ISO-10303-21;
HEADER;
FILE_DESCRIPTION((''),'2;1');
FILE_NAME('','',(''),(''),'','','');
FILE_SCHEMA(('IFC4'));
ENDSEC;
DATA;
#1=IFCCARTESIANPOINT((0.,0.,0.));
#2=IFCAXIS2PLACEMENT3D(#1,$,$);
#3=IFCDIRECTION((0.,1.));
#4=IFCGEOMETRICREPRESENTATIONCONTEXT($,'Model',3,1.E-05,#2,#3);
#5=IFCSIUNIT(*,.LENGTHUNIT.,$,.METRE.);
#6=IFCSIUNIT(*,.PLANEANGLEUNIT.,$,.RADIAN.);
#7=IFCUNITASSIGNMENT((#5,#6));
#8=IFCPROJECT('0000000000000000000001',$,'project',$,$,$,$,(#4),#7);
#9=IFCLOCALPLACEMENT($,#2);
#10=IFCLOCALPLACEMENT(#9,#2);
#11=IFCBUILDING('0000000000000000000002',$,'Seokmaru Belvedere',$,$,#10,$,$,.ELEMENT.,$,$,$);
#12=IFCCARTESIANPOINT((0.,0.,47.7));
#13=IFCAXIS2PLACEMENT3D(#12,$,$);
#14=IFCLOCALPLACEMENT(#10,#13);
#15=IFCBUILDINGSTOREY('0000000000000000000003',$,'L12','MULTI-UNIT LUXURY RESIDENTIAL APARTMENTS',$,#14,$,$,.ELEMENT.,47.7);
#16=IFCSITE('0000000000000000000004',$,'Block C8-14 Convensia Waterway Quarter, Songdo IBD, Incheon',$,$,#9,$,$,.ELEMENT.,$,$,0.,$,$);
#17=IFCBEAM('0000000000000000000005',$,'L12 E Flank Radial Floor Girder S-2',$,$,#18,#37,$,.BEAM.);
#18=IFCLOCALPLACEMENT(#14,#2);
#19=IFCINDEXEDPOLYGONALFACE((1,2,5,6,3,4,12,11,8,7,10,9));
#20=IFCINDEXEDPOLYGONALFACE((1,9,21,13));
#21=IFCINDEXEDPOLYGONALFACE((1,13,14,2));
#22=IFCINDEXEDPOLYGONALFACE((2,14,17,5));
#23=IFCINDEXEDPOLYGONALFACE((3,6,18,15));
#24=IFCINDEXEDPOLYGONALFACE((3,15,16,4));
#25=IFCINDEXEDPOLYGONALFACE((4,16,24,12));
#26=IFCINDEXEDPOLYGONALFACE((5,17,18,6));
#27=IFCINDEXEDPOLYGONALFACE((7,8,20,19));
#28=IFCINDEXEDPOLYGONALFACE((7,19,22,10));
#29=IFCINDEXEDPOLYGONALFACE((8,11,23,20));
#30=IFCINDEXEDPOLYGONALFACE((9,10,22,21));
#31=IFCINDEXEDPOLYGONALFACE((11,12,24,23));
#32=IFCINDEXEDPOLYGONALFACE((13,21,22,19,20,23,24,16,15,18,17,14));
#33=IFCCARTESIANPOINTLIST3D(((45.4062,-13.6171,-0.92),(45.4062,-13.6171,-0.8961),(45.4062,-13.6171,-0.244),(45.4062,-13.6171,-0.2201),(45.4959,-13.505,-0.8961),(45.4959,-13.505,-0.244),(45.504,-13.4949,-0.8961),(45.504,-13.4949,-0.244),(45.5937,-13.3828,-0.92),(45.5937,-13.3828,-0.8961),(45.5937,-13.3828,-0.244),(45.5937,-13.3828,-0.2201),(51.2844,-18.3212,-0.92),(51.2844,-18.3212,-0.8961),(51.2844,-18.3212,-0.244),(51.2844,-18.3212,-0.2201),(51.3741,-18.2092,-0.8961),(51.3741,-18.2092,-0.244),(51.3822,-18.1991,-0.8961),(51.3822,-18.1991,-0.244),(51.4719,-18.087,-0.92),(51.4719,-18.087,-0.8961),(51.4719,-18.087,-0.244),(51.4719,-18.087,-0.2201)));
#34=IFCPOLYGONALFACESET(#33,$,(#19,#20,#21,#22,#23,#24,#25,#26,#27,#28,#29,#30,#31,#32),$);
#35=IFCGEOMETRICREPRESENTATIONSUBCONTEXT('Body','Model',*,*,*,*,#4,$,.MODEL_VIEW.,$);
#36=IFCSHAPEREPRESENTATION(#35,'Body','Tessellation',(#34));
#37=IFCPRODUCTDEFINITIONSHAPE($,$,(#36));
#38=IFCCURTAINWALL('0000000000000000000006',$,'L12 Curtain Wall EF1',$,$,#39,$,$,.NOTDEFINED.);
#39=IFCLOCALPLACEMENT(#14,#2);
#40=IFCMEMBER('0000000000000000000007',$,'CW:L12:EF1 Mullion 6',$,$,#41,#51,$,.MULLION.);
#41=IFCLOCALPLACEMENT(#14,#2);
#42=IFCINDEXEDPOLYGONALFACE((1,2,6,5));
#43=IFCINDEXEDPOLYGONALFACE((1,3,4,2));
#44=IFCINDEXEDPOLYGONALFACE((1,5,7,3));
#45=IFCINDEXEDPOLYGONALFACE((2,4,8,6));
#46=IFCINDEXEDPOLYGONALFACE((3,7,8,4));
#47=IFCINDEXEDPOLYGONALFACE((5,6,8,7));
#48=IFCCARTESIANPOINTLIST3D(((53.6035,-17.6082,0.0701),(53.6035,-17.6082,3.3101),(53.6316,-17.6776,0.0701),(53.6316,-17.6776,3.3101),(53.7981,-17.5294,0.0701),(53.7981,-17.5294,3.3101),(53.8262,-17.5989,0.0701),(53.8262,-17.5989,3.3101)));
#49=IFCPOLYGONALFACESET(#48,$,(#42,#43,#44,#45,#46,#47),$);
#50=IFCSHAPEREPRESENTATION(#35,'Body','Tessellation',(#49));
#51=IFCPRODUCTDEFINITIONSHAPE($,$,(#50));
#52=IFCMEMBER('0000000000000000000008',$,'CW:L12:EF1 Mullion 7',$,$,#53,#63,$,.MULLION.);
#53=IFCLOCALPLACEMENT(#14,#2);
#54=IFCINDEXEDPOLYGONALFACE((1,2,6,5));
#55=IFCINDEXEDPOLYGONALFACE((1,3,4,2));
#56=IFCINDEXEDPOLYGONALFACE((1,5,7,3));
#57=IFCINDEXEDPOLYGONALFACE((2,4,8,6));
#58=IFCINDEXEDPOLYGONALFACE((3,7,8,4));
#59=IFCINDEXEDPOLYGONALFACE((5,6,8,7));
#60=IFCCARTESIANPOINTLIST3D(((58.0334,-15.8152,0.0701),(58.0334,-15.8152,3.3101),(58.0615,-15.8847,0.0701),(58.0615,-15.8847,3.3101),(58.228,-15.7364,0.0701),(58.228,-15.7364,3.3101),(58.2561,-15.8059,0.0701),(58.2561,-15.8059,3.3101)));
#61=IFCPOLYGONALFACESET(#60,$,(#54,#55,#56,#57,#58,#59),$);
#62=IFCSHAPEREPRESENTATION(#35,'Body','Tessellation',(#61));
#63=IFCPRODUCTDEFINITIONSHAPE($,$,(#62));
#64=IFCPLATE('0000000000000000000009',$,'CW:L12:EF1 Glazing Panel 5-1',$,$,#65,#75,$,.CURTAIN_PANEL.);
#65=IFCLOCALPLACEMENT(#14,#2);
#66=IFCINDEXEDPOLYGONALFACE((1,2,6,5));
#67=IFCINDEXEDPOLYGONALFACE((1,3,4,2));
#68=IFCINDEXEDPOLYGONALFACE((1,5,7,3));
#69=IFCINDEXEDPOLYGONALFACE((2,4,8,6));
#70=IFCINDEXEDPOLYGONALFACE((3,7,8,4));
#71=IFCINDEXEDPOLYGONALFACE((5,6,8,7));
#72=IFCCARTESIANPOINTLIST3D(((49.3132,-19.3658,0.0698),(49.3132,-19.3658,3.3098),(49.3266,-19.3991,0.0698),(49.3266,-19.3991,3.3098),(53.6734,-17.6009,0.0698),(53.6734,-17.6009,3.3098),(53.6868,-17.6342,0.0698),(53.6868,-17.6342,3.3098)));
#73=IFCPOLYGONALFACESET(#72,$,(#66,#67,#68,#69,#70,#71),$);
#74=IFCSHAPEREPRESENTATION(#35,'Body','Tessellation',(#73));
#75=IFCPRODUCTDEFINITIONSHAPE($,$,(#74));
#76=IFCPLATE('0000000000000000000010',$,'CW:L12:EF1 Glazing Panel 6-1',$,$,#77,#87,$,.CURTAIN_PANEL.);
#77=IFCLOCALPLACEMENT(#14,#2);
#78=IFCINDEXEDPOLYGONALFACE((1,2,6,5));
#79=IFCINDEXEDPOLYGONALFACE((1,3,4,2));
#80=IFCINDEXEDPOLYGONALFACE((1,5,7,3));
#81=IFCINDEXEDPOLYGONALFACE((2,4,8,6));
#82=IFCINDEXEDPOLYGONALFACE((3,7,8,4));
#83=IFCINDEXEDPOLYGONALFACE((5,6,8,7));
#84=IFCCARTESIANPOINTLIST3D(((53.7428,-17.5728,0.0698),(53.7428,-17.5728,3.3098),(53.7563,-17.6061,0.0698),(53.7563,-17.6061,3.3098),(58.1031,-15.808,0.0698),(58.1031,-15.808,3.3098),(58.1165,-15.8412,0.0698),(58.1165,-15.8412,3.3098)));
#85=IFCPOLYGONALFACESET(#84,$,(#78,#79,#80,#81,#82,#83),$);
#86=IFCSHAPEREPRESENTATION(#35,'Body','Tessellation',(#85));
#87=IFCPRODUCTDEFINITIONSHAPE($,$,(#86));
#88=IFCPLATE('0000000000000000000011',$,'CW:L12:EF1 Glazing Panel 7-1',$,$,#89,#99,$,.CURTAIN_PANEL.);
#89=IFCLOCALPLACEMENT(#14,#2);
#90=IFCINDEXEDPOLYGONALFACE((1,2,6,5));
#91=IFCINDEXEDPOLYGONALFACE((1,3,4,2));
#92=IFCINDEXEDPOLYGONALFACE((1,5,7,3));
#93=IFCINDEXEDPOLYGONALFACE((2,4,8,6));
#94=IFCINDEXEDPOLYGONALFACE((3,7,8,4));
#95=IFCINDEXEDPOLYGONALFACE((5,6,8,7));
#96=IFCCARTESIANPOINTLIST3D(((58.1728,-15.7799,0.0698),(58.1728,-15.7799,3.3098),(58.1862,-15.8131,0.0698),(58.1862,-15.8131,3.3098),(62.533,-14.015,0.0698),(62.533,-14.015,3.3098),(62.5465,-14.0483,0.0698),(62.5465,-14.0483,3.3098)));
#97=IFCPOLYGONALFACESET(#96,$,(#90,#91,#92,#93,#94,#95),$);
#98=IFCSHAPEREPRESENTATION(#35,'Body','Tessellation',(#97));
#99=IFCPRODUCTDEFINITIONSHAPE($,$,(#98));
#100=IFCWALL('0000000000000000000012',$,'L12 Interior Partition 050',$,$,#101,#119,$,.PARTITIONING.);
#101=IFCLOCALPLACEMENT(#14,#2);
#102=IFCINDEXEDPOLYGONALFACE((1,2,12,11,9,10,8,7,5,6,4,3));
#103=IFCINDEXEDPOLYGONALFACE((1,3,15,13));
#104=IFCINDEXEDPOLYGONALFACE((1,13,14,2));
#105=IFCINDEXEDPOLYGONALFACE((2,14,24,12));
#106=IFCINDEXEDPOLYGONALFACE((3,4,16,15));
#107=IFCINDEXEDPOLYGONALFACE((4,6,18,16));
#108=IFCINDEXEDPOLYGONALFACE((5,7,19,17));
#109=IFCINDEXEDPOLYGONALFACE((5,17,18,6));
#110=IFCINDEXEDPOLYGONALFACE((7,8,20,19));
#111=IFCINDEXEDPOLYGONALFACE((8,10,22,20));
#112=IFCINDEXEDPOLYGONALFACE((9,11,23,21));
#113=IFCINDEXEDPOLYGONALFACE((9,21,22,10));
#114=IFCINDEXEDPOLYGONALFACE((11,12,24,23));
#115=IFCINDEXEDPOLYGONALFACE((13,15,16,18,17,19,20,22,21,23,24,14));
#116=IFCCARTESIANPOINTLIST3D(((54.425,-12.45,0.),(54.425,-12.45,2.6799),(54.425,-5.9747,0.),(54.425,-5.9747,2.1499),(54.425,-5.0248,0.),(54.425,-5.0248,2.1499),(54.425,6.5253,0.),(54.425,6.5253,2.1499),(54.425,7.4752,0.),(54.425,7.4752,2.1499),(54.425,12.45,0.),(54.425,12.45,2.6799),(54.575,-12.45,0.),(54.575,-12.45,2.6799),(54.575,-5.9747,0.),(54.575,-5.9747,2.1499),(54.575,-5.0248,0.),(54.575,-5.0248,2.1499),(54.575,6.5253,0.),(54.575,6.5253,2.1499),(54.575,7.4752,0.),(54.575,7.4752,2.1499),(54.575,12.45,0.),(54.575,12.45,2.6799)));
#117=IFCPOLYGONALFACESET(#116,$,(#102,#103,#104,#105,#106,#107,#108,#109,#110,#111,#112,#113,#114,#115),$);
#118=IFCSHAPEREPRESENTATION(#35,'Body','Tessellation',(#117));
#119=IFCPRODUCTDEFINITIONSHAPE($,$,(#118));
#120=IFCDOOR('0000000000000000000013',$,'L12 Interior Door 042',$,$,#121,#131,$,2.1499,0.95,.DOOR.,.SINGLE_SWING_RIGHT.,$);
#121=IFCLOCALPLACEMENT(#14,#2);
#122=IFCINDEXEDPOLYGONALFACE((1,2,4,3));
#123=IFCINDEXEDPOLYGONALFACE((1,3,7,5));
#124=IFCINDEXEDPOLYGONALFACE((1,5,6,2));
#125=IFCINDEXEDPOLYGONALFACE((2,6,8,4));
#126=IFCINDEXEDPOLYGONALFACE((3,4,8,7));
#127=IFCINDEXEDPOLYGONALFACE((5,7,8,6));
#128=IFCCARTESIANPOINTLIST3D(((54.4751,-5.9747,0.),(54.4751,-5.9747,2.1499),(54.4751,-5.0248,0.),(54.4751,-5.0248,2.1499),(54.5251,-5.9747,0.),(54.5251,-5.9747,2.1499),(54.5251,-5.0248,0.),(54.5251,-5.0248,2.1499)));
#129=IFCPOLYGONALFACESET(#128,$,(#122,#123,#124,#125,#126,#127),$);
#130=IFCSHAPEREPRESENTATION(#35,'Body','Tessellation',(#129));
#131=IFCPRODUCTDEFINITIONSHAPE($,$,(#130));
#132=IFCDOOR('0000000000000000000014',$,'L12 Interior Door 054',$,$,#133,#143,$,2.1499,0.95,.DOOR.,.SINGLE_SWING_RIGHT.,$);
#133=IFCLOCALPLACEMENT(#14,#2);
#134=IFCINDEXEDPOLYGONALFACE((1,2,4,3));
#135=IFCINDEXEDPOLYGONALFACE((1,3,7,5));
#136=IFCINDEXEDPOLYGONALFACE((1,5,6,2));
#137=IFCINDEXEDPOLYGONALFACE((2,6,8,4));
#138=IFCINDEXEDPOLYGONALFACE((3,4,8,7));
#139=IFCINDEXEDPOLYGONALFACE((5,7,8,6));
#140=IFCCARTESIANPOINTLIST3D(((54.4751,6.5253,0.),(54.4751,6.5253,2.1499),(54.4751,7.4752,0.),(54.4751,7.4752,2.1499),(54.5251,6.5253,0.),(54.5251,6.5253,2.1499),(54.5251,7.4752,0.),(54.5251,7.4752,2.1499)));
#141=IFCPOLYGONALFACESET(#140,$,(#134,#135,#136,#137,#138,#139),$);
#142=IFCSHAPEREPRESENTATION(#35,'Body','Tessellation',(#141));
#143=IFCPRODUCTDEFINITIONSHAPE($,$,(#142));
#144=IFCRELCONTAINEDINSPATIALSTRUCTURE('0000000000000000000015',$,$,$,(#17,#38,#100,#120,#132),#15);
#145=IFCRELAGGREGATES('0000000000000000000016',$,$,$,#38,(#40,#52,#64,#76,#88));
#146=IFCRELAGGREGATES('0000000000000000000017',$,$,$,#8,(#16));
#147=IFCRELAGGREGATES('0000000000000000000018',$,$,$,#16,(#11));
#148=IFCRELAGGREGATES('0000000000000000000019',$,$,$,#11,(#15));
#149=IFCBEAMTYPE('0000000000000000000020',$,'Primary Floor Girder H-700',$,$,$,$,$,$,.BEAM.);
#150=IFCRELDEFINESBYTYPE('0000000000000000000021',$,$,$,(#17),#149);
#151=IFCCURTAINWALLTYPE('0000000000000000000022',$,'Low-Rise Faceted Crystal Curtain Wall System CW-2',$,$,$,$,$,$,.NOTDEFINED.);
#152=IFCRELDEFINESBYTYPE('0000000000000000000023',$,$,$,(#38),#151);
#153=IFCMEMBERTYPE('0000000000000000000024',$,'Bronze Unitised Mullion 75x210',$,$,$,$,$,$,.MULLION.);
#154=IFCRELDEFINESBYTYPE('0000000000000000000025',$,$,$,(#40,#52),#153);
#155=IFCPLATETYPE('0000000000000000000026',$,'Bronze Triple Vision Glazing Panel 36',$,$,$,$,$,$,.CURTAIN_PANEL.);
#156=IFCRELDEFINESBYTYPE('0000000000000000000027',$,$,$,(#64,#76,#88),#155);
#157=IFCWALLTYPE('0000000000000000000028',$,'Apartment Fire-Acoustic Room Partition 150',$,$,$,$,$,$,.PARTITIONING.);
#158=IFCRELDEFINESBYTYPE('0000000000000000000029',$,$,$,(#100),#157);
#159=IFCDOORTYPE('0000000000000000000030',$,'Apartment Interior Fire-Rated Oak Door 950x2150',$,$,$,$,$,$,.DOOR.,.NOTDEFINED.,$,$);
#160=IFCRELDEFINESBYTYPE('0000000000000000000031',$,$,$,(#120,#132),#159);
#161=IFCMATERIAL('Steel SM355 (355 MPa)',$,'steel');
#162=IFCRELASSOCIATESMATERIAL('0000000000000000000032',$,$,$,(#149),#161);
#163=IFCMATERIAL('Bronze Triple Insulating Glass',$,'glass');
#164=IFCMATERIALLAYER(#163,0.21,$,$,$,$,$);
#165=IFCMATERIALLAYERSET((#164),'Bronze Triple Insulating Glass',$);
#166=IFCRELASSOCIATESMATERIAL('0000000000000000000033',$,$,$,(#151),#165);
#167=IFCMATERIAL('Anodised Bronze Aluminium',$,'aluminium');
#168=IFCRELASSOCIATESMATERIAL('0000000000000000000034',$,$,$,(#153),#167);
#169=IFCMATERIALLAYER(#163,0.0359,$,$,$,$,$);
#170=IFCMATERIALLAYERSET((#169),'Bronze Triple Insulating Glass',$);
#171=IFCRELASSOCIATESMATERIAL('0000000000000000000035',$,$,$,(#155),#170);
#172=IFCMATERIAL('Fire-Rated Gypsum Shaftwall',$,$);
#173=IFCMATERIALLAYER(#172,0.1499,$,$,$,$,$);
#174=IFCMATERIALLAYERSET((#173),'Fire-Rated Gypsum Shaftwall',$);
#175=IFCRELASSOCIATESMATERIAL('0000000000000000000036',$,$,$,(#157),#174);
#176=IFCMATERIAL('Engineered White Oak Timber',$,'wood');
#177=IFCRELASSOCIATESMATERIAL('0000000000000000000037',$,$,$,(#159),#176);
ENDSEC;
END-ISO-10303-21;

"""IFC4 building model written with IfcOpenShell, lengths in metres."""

from ifc_helpers import new_model, si_unit, direction, frame, frame_2d, origin, origin_2d, place, context, subcontext, project, spatial, rectangle, i_section, extrude, source, transform, mapped, material, layer, layer_set, material_profile, profile_set, type_object, type_shapes, element, fill, aggregate, save


model = new_model("IFC4")

# Units and contexts
model_context = context("Model", 3, precision=1e-05, world=origin(), true_north=direction((0.0, 1.0)))
body_context = subcontext(model_context, "Body", "Model", "MODEL_VIEW")
ifc_project = project(units=[si_unit("LENGTHUNIT", "METRE"), si_unit("PLANEANGLEUNIT", "RADIAN")], contexts=[model_context])

# Site, building, storey
site_placement = place(None, origin())
site = spatial("IfcSite", under=ifc_project, at=site_placement, Name="Block C8-14 Convensia Waterway Quarter, Songdo IBD, Incheon", CompositionType="ELEMENT", RefElevation=0.0)
building_placement = place(site_placement, origin())
building = spatial("IfcBuilding", under=site, at=building_placement, Name="Seokmaru Belvedere", CompositionType="ELEMENT")
storey_placement = place(building_placement, frame((0.0, 0.0, 47.7)))
storey = spatial("IfcBuildingStorey", under=building, at=storey_placement, Name="L12", Description="MULTI-UNIT LUXURY RESIDENTIAL APARTMENTS", CompositionType="ELEMENT", Elevation=47.7)

# Shared definitions
ifc_material_1 = material(Name="Steel SM355 (355 MPa)", Category="steel")

# Beam
ifc_material_profile_1 = material_profile(ifc_material_1, i_section(OverallWidth=0.3, OverallDepth=0.7, WebThickness=0.0129, FlangeThickness=0.0239, at=origin_2d()), Name="H-700x300x13x24")
ifc_profile_set_1 = profile_set([ifc_material_profile_1], Name="Steel SM355 (355 MPa)")
beam_type_1 = type_object("IfcBeamType", Name="Primary Floor Girder H-700", PredefinedType="BEAM", material=ifc_profile_set_1)
shared_shape_1 = source(origin(), body_context, "Body", "SweptSolid", [
    extrude(i_section(OverallWidth=0.3, OverallDepth=0.7, WebThickness=0.0129, FlangeThickness=0.0239, at=origin_2d()), origin(), (0.0, 0.0, 1.0), 7.5288),
])
beam_1_placement = place(storey_placement, frame((51.3782, -18.2041, -0.5701), z_axis=(-0.780768, 0.624822, 0.0), x_axis=(-0.624822, -0.780768, 0.0)))
element("IfcBeam", 1, at=beam_1_placement, inside=storey, type_object=beam_type_1, Name="L12 E Flank Radial Floor Girder S-2", PredefinedType="BEAM", context=body_context, shape_type="MappedRepresentation", body=[
    mapped(shared_shape_1, transform((0.0, 0.0, 0.0), scale=1.0)),
])

# Curtain wall, members, plates
ifc_material_2 = material(Name="Bronze Triple Insulating Glass", Category="glass")
ifc_layer_1 = layer(ifc_material_2, 0.21)
ifc_layer_set_1 = layer_set([ifc_layer_1], Name="Bronze Triple Insulating Glass")
curtain_wall_type = type_object("IfcCurtainWallType", Name="Low-Rise Faceted Crystal Curtain Wall System CW-2", PredefinedType="NOTDEFINED", material=ifc_layer_set_1)
curtain_wall_placement = place(storey_placement, origin())
curtain_wall = element("IfcCurtainWall", 2, at=curtain_wall_placement, inside=storey, type_object=curtain_wall_type, Name="L12 Curtain Wall EF1", PredefinedType="NOTDEFINED")
ifc_material_3 = material(Name="Anodised Bronze Aluminium", Category="aluminium")
ifc_material_profile_2 = material_profile(ifc_material_3, rectangle(XDim=0.075, YDim=0.21, at=origin_2d()), Name="CW-M-75x210")
ifc_profile_set_2 = profile_set([ifc_material_profile_2], Name="Anodised Bronze Aluminium")
member_type = type_object("IfcMemberType", Name="Bronze Unitised Mullion 75x210", PredefinedType="MULLION", material=ifc_profile_set_2)
shared_shape_2 = source(origin(), body_context, "Body", "SweptSolid", [
    extrude(rectangle(XDim=0.075, YDim=0.21, at=origin_2d()), origin(), (0.0, 0.0, 1.0), 3.24),
])
type_shapes(member_type, [shared_shape_2])
member_1_placement = place(storey_placement, frame((53.7148, -17.6035, 0.0701), z_axis=(0.0, 0.0, 1.0), x_axis=(-0.375192, 0.926947, 0.0)))
member_1 = element("IfcMember", 3, at=member_1_placement, type_object=member_type, Name="CW:L12:EF1 Mullion 6", PredefinedType="MULLION", context=body_context, shape_type="MappedRepresentation", body=[
    mapped(shared_shape_2, transform((0.0, 0.0, 0.0), scale=1.0)),
])
member_2_placement = place(storey_placement, frame((58.1448, -15.8105, 0.0701), z_axis=(0.0, 0.0, 1.0), x_axis=(-0.375192, 0.926947, 0.0)))
member_2 = element("IfcMember", 4, at=member_2_placement, type_object=member_type, Name="CW:L12:EF1 Mullion 7", PredefinedType="MULLION", context=body_context, shape_type="MappedRepresentation", body=[
    mapped(shared_shape_2, transform((0.0, 0.0, 0.0), scale=1.0)),
])
ifc_layer_2 = layer(ifc_material_2, 0.0359)
ifc_layer_set_2 = layer_set([ifc_layer_2], Name="Bronze Triple Insulating Glass")
plate_type = type_object("IfcPlateType", Name="Bronze Triple Vision Glazing Panel 36", PredefinedType="CURTAIN_PANEL", material=ifc_layer_set_2)
shared_shape_3 = source(origin(), body_context, "Body", "SweptSolid", [
    extrude(rectangle(XDim=4.7039, YDim=0.0359, at=origin_2d()), origin(), (0.0, 0.0, 1.0), 3.24),
])
type_shapes(plate_type, [shared_shape_3])
plate_1_placement = place(storey_placement, frame((51.5, -18.5, 0.0698), z_axis=(0.0, 0.0, 1.0), x_axis=(0.926947, 0.375192, 0.0)))
plate_1 = element("IfcPlate", 5, at=plate_1_placement, type_object=plate_type, Name="CW:L12:EF1 Glazing Panel 5-1", PredefinedType="CURTAIN_PANEL", context=body_context, shape_type="MappedRepresentation", body=[
    mapped(shared_shape_3, transform((0.0, 0.0, 0.0), scale=1.0)),
])
plate_2_placement = place(storey_placement, frame((55.9297, -16.707, 0.0698), z_axis=(0.0, 0.0, 1.0), x_axis=(0.926947, 0.375192, 0.0)))
plate_2 = element("IfcPlate", 6, at=plate_2_placement, type_object=plate_type, Name="CW:L12:EF1 Glazing Panel 6-1", PredefinedType="CURTAIN_PANEL", context=body_context, shape_type="MappedRepresentation", body=[
    mapped(shared_shape_3, transform((0.0, 0.0, 0.0), scale=1.0)),
])
plate_3_placement = place(storey_placement, frame((60.3596, -14.9141, 0.0698), z_axis=(0.0, 0.0, 1.0), x_axis=(0.926947, 0.375192, 0.0)))
plate_3 = element("IfcPlate", 7, at=plate_3_placement, type_object=plate_type, Name="CW:L12:EF1 Glazing Panel 7-1", PredefinedType="CURTAIN_PANEL", context=body_context, shape_type="MappedRepresentation", body=[
    mapped(shared_shape_3, transform((0.0, 0.0, 0.0), scale=1.0)),
])
aggregate(curtain_wall, [member_1, member_2, plate_1, plate_2, plate_3])

# Wall, openings, doors
ifc_material_4 = material(Name="Fire-Rated Gypsum Shaftwall")
ifc_layer_3 = layer(ifc_material_4, 0.1499)
ifc_layer_set_3 = layer_set([ifc_layer_3], Name="Fire-Rated Gypsum Shaftwall")
wall_type = type_object("IfcWallType", Name="Apartment Fire-Acoustic Room Partition 150", PredefinedType="PARTITIONING", material=ifc_layer_set_3)
wall_1_placement = place(storey_placement, frame((54.5, -12.45, 0.0), z_axis=(0.0, 0.0, 1.0), x_axis=(0.0, 1.0, 0.0)))
wall_1 = element("IfcWall", 8, at=wall_1_placement, inside=storey, type_object=wall_type, Name="L12 Interior Partition 050", PredefinedType="PARTITIONING", context=body_context, shape_type="SweptSolid", body=[
    extrude(rectangle(XDim=24.8999, YDim=0.1499, at=frame_2d((12.45, 0.0))), origin(), (0.0, 0.0, 1.0), 2.6799),
])
opening_1_placement = place(wall_1_placement, frame((6.4751, 0.0, 0.0)))
opening_1 = element("IfcOpeningElement", 9, at=opening_1_placement, cuts=wall_1, PredefinedType="OPENING", context=body_context, shape_type="SweptSolid", body=[
    extrude(rectangle(XDim=0.95, YDim=2.1499, at=frame_2d((0.4751, 1.075))), frame((0.0, 0.085, 0.0), z_axis=(0.0, -1.0, 0.0), x_axis=(1.0, 0.0, 0.0)), (0.0, 0.0, 1.0), 0.1699),
])
opening_2_placement = place(wall_1_placement, frame((18.9751, 0.0, 0.0)))
opening_2 = element("IfcOpeningElement", 10, at=opening_2_placement, cuts=wall_1, PredefinedType="OPENING", context=body_context, shape_type="SweptSolid", body=[
    extrude(rectangle(XDim=0.95, YDim=2.1499, at=frame_2d((0.4751, 1.075))), frame((0.0, 0.085, 0.0), z_axis=(0.0, -1.0, 0.0), x_axis=(1.0, 0.0, 0.0)), (0.0, 0.0, 1.0), 0.1699),
])
ifc_material_5 = material(Name="Engineered White Oak Timber", Category="wood")
door_type = type_object("IfcDoorType", Name="Apartment Interior Fire-Rated Oak Door 950x2150", OperationType="NOTDEFINED", PredefinedType="DOOR", material=ifc_material_5)
shared_shape_4 = source(origin(), body_context, "Body", "SweptSolid", [
    extrude(rectangle(XDim=0.95, YDim=2.1499, at=frame_2d((0.4751, 1.075))), frame((0.0, 0.0249, 0.0), z_axis=(0.0, -1.0, 0.0), x_axis=(1.0, 0.0, 0.0)), (0.0, 0.0, 1.0), 0.05),
])
type_shapes(door_type, [shared_shape_4])
door_1_placement = place(opening_1_placement, origin())
door_1 = element("IfcDoor", 11, at=door_1_placement, inside=storey, type_object=door_type, Name="L12 Interior Door 042", OperationType="SINGLE_SWING_RIGHT", OverallHeight=2.1499, OverallWidth=0.95, PredefinedType="DOOR", context=body_context, shape_type="MappedRepresentation", body=[
    mapped(shared_shape_4, transform((0.0, 0.0, 0.0), scale=1.0)),
])
fill(opening_1, door_1)
door_2_placement = place(opening_2_placement, origin())
door_2 = element("IfcDoor", 12, at=door_2_placement, inside=storey, type_object=door_type, Name="L12 Interior Door 054", OperationType="SINGLE_SWING_RIGHT", OverallHeight=2.1499, OverallWidth=0.95, PredefinedType="DOOR", context=body_context, shape_type="MappedRepresentation", body=[
    mapped(shared_shape_4, transform((0.0, 0.0, 0.0), scale=1.0)),
])
fill(opening_2, door_2)

save(model, "model.ifc")
